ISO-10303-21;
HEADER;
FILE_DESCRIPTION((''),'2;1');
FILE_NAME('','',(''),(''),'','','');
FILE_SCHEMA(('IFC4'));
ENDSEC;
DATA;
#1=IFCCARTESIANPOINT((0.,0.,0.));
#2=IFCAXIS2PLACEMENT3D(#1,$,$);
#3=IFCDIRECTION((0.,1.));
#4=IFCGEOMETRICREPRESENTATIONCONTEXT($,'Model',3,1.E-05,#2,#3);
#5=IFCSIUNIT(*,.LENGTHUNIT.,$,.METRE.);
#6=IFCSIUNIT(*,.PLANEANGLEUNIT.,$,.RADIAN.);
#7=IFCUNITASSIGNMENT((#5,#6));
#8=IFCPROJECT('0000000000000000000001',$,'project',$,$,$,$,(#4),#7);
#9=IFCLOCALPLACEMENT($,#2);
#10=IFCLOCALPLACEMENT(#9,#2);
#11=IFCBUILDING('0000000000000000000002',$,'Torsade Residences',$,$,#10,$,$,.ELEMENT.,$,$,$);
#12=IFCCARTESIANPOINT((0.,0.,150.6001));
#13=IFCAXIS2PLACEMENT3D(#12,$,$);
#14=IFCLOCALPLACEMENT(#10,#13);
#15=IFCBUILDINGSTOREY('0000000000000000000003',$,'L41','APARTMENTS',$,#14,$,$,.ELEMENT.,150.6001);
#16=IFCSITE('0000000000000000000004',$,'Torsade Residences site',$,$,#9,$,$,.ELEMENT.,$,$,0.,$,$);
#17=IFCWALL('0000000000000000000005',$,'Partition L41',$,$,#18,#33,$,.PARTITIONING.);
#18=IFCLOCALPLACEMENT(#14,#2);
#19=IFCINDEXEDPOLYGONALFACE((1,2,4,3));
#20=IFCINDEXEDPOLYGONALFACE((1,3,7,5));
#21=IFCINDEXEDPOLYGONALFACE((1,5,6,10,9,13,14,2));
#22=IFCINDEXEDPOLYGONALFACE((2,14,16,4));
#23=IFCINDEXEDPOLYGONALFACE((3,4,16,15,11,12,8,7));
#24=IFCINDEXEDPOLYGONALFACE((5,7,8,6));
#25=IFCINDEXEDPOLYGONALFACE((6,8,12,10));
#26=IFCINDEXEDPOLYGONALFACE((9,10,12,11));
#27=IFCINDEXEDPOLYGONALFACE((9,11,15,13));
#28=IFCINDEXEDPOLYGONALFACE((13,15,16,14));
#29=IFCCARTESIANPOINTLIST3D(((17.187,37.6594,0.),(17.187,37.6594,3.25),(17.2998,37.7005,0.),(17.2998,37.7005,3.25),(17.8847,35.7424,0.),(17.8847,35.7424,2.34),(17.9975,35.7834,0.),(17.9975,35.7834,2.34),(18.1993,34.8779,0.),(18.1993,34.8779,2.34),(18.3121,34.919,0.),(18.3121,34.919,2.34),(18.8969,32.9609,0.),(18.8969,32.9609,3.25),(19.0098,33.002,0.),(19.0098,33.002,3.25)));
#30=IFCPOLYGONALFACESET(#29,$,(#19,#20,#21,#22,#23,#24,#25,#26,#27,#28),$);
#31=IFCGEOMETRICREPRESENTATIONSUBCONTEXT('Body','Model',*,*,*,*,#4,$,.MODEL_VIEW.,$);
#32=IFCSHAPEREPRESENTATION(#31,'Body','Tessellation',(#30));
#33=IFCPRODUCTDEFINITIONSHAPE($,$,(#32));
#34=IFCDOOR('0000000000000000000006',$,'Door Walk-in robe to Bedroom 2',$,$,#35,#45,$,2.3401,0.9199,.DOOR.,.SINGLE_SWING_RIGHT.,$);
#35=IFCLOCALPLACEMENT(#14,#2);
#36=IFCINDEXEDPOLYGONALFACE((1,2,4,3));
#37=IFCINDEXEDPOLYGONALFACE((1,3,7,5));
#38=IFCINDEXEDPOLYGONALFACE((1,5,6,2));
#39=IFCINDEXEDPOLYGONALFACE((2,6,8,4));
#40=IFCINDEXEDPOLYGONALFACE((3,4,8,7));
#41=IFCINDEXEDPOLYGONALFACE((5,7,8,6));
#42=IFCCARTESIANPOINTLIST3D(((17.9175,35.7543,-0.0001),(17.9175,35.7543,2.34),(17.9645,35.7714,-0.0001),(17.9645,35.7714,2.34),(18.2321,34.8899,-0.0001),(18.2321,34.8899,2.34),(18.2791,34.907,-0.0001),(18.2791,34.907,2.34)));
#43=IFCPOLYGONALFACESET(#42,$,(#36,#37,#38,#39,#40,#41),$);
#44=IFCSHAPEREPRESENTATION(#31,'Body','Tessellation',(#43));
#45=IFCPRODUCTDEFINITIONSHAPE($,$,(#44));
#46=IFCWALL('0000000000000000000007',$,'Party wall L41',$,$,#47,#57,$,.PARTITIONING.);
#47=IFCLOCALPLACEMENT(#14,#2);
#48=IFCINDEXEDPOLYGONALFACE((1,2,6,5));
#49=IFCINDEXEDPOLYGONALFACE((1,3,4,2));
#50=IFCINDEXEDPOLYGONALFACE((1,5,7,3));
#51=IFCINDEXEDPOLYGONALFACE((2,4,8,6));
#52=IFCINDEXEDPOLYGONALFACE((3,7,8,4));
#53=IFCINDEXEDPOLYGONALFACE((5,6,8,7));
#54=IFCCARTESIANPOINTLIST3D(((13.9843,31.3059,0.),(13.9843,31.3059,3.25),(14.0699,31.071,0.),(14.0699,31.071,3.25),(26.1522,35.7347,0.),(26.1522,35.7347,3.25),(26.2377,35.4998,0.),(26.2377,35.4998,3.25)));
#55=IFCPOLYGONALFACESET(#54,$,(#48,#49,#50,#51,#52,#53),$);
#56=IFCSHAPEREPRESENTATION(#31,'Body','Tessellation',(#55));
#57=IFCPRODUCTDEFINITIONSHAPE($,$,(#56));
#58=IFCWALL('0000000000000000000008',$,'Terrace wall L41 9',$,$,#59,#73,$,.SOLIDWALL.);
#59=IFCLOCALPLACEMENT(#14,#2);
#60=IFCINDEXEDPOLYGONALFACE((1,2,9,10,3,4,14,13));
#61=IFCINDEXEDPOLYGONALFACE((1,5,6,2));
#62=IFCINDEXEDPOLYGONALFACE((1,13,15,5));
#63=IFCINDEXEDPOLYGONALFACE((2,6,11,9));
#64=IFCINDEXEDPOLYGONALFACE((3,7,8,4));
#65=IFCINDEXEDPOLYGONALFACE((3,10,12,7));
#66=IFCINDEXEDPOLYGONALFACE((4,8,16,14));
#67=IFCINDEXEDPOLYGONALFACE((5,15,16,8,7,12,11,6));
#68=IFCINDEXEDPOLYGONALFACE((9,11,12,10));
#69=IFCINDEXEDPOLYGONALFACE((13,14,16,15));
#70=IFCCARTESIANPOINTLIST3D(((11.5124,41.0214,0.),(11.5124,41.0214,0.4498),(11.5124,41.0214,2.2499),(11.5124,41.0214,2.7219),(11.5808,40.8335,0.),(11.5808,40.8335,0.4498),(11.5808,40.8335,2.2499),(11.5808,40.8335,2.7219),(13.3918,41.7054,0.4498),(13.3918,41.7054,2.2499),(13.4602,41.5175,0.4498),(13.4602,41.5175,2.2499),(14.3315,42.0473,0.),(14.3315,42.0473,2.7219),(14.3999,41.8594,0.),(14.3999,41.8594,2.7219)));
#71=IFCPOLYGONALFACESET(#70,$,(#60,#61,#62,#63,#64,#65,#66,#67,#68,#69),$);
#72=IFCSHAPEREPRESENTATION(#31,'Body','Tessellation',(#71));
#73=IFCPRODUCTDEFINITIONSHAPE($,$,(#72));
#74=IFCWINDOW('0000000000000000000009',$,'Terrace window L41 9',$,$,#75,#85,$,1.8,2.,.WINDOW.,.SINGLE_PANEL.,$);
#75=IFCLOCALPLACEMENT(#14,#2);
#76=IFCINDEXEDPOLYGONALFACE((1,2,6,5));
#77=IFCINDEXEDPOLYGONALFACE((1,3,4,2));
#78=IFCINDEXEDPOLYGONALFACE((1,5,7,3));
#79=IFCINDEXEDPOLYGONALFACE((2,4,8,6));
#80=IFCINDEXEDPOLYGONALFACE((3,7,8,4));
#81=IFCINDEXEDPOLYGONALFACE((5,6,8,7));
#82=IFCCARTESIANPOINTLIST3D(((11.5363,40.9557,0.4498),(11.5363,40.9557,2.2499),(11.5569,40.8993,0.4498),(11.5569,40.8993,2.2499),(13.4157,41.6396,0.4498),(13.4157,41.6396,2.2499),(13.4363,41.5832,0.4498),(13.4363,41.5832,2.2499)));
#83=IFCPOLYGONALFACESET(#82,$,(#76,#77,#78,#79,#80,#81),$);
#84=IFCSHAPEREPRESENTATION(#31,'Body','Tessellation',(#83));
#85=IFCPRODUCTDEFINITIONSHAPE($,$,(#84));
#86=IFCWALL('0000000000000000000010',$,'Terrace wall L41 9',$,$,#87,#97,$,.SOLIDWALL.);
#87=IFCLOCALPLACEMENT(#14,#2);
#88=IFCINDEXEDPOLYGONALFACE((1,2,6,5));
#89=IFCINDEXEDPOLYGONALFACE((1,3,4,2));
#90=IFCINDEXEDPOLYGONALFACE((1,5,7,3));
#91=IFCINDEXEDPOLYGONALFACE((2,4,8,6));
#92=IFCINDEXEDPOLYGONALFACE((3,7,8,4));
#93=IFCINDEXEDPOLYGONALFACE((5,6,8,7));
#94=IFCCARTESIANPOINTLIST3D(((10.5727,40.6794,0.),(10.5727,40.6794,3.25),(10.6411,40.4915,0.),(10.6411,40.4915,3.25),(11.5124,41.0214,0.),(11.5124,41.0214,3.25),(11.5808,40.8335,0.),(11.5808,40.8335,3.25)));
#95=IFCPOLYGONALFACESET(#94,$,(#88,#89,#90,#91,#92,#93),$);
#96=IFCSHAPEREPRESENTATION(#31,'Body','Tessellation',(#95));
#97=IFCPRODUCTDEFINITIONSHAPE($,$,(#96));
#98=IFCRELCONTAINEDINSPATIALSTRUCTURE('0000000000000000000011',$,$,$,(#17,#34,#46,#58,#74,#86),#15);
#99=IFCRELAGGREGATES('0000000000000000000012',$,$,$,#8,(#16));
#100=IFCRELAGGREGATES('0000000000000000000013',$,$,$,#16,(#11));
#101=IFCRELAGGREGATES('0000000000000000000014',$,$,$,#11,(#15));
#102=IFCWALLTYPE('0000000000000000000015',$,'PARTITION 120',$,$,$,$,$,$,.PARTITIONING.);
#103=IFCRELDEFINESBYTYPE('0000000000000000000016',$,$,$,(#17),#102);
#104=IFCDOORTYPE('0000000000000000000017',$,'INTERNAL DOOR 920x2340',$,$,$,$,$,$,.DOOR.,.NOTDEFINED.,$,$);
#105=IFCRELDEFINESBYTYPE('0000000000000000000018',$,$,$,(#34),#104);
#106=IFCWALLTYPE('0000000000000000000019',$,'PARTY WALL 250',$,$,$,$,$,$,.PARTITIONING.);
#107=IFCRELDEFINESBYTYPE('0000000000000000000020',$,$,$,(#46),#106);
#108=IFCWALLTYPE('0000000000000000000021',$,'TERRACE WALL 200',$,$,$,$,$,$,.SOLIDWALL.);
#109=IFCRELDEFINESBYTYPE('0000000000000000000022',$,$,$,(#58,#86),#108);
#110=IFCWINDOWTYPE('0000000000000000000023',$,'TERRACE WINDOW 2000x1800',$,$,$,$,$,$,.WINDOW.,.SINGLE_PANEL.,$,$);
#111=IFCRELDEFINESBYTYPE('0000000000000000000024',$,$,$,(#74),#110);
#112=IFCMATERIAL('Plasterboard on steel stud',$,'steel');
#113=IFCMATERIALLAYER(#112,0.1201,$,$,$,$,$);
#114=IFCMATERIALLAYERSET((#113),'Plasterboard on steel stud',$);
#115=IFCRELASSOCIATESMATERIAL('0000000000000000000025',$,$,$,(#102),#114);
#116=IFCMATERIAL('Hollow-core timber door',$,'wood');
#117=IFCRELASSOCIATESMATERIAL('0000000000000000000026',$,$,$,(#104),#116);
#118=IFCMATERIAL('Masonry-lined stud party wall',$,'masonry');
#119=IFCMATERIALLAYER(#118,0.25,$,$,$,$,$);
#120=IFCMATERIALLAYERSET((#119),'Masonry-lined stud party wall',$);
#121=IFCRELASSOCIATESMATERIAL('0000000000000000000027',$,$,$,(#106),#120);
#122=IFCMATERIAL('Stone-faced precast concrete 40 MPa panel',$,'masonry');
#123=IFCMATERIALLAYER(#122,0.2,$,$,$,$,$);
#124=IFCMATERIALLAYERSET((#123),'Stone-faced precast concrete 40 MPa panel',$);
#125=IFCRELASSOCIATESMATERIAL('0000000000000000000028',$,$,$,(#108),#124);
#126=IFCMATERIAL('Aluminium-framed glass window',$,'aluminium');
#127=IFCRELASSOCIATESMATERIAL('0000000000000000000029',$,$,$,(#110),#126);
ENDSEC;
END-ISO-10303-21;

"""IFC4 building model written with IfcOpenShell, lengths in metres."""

from ifc_helpers import new_model, si_unit, direction, frame, frame_2d, origin, place, context, subcontext, project, spatial, rectangle, extrude, material, layer, layer_set, type_object, element, fill, save


model = new_model("IFC4")

# Units and contexts
model_context = context("Model", 3, precision=1e-05, world=origin(), true_north=direction((0.0, 1.0)))
body_context = subcontext(model_context, "Body", "Model", "MODEL_VIEW")
ifc_project = project(units=[si_unit("LENGTHUNIT", "METRE"), si_unit("PLANEANGLEUNIT", "RADIAN")], contexts=[model_context])

# Site, building, storey
site_placement = place(None, origin())
site = spatial("IfcSite", under=ifc_project, at=site_placement, Name="Torsade Residences site", CompositionType="ELEMENT", RefElevation=0.0)
building_placement = place(site_placement, origin())
building = spatial("IfcBuilding", under=site, at=building_placement, Name="Torsade Residences", CompositionType="ELEMENT")
storey_placement = place(building_placement, frame((0.0, 0.0, 150.6001)))
storey = spatial("IfcBuildingStorey", under=building, at=storey_placement, Name="L41", Description="APARTMENTS", CompositionType="ELEMENT", Elevation=150.6001)

# Wall, opening, door
ifc_material_1 = material(Name="Plasterboard on steel stud", Category="steel")
ifc_layer_1 = layer(ifc_material_1, 0.1201)
ifc_layer_set_1 = layer_set([ifc_layer_1], Name="Plasterboard on steel stud")
wall_type_1 = type_object("IfcWallType", Name="PARTITION 120", PredefinedType="PARTITIONING", material=ifc_layer_set_1)
ifc_material_2 = material(Name="Hollow-core timber door", Category="wood")
door_type_1 = type_object("IfcDoorType", Name="INTERNAL DOOR 920x2340", OperationType="NOTDEFINED", PredefinedType="DOOR", material=ifc_material_2)
wall_1_placement = place(storey_placement, frame((17.2434, 37.6799, 0.0), z_axis=(0.0, 0.0, 1.0), x_axis=(0.341994, -0.939702, 0.0)))
wall_1 = element("IfcWall", 1, at=wall_1_placement, inside=storey, type_object=wall_type_1, Name="Partition L41", PredefinedType="PARTITIONING", context=body_context, shape_type="SweptSolid", body=[
    extrude(rectangle(XDim=5.0, YDim=0.1201, at=frame_2d((2.5, 0.0))), origin(), (0.0, 0.0, 1.0), 3.25),
])
opening_1_placement = place(wall_1_placement, frame((2.04, 0.0, 0.0)))
opening_1 = element("IfcOpeningElement", 2, at=opening_1_placement, cuts=wall_1, PredefinedType="OPENING", context=body_context, shape_type="SweptSolid", body=[
    extrude(rectangle(XDim=0.9199, YDim=2.3401, at=frame_2d((0.46, 1.1699))), frame((0.0, 0.0701, 0.0), z_axis=(0.0, -1.0, 0.0), x_axis=(1.0, 0.0, 0.0)), (0.0, 0.0, 1.0), 0.1401),
])
door_1_placement = place(opening_1_placement, origin())
door_1 = element("IfcDoor", 3, at=door_1_placement, inside=storey, type_object=door_type_1, Name="Door Walk-in robe to Bedroom 2", OperationType="SINGLE_SWING_RIGHT", OverallHeight=2.3401, OverallWidth=0.9199, PredefinedType="DOOR", context=body_context, shape_type="SweptSolid", body=[
    extrude(rectangle(XDim=0.9199, YDim=2.3401, at=frame_2d((0.46, 1.1699))), frame((0.0, 0.0249, 0.0), z_axis=(0.0, -1.0, 0.0), x_axis=(1.0, 0.0, 0.0)), (0.0, 0.0, 1.0), 0.05),
])
fill(opening_1, door_1)

# Wall
ifc_material_3 = material(Name="Masonry-lined stud party wall", Category="masonry")
ifc_layer_2 = layer(ifc_material_3, 0.25)
ifc_layer_set_2 = layer_set([ifc_layer_2], Name="Masonry-lined stud party wall")
wall_type_2 = type_object("IfcWallType", Name="PARTY WALL 250", PredefinedType="PARTITIONING", material=ifc_layer_set_2)
wall_2_placement = place(storey_placement, frame((14.0271, 31.1885, 0.0), z_axis=(0.0, 0.0, 1.0), x_axis=(0.939692, 0.342022, 0.0)))
element("IfcWall", 4, at=wall_2_placement, inside=storey, type_object=wall_type_2, Name="Party wall L41", PredefinedType="PARTITIONING", context=body_context, shape_type="SweptSolid", body=[
    extrude(rectangle(XDim=12.9487, YDim=0.25, at=frame_2d((6.4744, 0.0))), origin(), (0.0, 0.0, 1.0), 3.25),
])

# Wall, opening, window
ifc_material_4 = material(Name="Stone-faced precast concrete 40 MPa panel", Category="masonry")
ifc_layer_3 = layer(ifc_material_4, 0.2)
ifc_layer_set_3 = layer_set([ifc_layer_3], Name="Stone-faced precast concrete 40 MPa panel")
wall_type_3 = type_object("IfcWallType", Name="TERRACE WALL 200", PredefinedType="SOLIDWALL", material=ifc_layer_set_3)
wall_3_placement = place(storey_placement, frame((14.3657, 41.9534, 0.0), z_axis=(0.0, 0.0, 1.0), x_axis=(-0.939713, -0.341965, 0.0)))
wall_3 = element("IfcWall", 5, at=wall_3_placement, inside=storey, type_object=wall_type_3, Name="Terrace wall L41 9", PredefinedType="SOLIDWALL", context=body_context, shape_type="SweptSolid", body=[
    extrude(rectangle(XDim=3.0, YDim=0.2, at=frame_2d((1.5, 0.0))), origin(), (0.0, 0.0, 1.0), 2.7219),
])
opening_2_placement = place(wall_3_placement, frame((1.0, 0.0, 0.45)))
opening_2 = element("IfcOpeningElement", 6, at=opening_2_placement, cuts=wall_3, PredefinedType="OPENING", context=body_context, shape_type="SweptSolid", body=[
    extrude(rectangle(XDim=2.0, YDim=1.8, at=frame_2d((1.0, 0.8999))), frame((0.0, 0.1099, 0.0), z_axis=(0.0, -1.0, 0.0), x_axis=(1.0, 0.0, 0.0)), (0.0, 0.0, 1.0), 0.22),
])
ifc_material_5 = material(Name="Aluminium-framed glass window", Category="aluminium")
window_type = type_object("IfcWindowType", Name="TERRACE WINDOW 2000x1800", PartitioningType="SINGLE_PANEL", PredefinedType="WINDOW", material=ifc_material_5)
window_placement = place(opening_2_placement, origin())
window = element("IfcWindow", 7, at=window_placement, inside=storey, type_object=window_type, Name="Terrace window L41 9", OverallHeight=1.8, OverallWidth=2.0, PartitioningType="SINGLE_PANEL", PredefinedType="WINDOW", context=body_context, shape_type="SweptSolid", body=[
    extrude(rectangle(XDim=2.0, YDim=1.8, at=frame_2d((1.0, 0.8999))), frame((0.0, 0.03, 0.0), z_axis=(0.0, -1.0, 0.0), x_axis=(1.0, 0.0, 0.0)), (0.0, 0.0, 1.0), 0.0601),
])
fill(opening_2, window)

# Wall
wall_4_placement = place(storey_placement, frame((11.5466, 40.9275, 0.0), z_axis=(0.0, 0.0, 1.0), x_axis=(-0.939686, -0.342037, 0.0)))
element("IfcWall", 8, at=wall_4_placement, inside=storey, type_object=wall_type_3, Name="Terrace wall L41 9", PredefinedType="SOLIDWALL", context=body_context, shape_type="SweptSolid", body=[
    extrude(rectangle(XDim=1.0, YDim=0.2, at=frame_2d((0.5, 0.0))), origin(), (0.0, 0.0, 1.0), 3.25),
])

save(model, "model.ifc")
